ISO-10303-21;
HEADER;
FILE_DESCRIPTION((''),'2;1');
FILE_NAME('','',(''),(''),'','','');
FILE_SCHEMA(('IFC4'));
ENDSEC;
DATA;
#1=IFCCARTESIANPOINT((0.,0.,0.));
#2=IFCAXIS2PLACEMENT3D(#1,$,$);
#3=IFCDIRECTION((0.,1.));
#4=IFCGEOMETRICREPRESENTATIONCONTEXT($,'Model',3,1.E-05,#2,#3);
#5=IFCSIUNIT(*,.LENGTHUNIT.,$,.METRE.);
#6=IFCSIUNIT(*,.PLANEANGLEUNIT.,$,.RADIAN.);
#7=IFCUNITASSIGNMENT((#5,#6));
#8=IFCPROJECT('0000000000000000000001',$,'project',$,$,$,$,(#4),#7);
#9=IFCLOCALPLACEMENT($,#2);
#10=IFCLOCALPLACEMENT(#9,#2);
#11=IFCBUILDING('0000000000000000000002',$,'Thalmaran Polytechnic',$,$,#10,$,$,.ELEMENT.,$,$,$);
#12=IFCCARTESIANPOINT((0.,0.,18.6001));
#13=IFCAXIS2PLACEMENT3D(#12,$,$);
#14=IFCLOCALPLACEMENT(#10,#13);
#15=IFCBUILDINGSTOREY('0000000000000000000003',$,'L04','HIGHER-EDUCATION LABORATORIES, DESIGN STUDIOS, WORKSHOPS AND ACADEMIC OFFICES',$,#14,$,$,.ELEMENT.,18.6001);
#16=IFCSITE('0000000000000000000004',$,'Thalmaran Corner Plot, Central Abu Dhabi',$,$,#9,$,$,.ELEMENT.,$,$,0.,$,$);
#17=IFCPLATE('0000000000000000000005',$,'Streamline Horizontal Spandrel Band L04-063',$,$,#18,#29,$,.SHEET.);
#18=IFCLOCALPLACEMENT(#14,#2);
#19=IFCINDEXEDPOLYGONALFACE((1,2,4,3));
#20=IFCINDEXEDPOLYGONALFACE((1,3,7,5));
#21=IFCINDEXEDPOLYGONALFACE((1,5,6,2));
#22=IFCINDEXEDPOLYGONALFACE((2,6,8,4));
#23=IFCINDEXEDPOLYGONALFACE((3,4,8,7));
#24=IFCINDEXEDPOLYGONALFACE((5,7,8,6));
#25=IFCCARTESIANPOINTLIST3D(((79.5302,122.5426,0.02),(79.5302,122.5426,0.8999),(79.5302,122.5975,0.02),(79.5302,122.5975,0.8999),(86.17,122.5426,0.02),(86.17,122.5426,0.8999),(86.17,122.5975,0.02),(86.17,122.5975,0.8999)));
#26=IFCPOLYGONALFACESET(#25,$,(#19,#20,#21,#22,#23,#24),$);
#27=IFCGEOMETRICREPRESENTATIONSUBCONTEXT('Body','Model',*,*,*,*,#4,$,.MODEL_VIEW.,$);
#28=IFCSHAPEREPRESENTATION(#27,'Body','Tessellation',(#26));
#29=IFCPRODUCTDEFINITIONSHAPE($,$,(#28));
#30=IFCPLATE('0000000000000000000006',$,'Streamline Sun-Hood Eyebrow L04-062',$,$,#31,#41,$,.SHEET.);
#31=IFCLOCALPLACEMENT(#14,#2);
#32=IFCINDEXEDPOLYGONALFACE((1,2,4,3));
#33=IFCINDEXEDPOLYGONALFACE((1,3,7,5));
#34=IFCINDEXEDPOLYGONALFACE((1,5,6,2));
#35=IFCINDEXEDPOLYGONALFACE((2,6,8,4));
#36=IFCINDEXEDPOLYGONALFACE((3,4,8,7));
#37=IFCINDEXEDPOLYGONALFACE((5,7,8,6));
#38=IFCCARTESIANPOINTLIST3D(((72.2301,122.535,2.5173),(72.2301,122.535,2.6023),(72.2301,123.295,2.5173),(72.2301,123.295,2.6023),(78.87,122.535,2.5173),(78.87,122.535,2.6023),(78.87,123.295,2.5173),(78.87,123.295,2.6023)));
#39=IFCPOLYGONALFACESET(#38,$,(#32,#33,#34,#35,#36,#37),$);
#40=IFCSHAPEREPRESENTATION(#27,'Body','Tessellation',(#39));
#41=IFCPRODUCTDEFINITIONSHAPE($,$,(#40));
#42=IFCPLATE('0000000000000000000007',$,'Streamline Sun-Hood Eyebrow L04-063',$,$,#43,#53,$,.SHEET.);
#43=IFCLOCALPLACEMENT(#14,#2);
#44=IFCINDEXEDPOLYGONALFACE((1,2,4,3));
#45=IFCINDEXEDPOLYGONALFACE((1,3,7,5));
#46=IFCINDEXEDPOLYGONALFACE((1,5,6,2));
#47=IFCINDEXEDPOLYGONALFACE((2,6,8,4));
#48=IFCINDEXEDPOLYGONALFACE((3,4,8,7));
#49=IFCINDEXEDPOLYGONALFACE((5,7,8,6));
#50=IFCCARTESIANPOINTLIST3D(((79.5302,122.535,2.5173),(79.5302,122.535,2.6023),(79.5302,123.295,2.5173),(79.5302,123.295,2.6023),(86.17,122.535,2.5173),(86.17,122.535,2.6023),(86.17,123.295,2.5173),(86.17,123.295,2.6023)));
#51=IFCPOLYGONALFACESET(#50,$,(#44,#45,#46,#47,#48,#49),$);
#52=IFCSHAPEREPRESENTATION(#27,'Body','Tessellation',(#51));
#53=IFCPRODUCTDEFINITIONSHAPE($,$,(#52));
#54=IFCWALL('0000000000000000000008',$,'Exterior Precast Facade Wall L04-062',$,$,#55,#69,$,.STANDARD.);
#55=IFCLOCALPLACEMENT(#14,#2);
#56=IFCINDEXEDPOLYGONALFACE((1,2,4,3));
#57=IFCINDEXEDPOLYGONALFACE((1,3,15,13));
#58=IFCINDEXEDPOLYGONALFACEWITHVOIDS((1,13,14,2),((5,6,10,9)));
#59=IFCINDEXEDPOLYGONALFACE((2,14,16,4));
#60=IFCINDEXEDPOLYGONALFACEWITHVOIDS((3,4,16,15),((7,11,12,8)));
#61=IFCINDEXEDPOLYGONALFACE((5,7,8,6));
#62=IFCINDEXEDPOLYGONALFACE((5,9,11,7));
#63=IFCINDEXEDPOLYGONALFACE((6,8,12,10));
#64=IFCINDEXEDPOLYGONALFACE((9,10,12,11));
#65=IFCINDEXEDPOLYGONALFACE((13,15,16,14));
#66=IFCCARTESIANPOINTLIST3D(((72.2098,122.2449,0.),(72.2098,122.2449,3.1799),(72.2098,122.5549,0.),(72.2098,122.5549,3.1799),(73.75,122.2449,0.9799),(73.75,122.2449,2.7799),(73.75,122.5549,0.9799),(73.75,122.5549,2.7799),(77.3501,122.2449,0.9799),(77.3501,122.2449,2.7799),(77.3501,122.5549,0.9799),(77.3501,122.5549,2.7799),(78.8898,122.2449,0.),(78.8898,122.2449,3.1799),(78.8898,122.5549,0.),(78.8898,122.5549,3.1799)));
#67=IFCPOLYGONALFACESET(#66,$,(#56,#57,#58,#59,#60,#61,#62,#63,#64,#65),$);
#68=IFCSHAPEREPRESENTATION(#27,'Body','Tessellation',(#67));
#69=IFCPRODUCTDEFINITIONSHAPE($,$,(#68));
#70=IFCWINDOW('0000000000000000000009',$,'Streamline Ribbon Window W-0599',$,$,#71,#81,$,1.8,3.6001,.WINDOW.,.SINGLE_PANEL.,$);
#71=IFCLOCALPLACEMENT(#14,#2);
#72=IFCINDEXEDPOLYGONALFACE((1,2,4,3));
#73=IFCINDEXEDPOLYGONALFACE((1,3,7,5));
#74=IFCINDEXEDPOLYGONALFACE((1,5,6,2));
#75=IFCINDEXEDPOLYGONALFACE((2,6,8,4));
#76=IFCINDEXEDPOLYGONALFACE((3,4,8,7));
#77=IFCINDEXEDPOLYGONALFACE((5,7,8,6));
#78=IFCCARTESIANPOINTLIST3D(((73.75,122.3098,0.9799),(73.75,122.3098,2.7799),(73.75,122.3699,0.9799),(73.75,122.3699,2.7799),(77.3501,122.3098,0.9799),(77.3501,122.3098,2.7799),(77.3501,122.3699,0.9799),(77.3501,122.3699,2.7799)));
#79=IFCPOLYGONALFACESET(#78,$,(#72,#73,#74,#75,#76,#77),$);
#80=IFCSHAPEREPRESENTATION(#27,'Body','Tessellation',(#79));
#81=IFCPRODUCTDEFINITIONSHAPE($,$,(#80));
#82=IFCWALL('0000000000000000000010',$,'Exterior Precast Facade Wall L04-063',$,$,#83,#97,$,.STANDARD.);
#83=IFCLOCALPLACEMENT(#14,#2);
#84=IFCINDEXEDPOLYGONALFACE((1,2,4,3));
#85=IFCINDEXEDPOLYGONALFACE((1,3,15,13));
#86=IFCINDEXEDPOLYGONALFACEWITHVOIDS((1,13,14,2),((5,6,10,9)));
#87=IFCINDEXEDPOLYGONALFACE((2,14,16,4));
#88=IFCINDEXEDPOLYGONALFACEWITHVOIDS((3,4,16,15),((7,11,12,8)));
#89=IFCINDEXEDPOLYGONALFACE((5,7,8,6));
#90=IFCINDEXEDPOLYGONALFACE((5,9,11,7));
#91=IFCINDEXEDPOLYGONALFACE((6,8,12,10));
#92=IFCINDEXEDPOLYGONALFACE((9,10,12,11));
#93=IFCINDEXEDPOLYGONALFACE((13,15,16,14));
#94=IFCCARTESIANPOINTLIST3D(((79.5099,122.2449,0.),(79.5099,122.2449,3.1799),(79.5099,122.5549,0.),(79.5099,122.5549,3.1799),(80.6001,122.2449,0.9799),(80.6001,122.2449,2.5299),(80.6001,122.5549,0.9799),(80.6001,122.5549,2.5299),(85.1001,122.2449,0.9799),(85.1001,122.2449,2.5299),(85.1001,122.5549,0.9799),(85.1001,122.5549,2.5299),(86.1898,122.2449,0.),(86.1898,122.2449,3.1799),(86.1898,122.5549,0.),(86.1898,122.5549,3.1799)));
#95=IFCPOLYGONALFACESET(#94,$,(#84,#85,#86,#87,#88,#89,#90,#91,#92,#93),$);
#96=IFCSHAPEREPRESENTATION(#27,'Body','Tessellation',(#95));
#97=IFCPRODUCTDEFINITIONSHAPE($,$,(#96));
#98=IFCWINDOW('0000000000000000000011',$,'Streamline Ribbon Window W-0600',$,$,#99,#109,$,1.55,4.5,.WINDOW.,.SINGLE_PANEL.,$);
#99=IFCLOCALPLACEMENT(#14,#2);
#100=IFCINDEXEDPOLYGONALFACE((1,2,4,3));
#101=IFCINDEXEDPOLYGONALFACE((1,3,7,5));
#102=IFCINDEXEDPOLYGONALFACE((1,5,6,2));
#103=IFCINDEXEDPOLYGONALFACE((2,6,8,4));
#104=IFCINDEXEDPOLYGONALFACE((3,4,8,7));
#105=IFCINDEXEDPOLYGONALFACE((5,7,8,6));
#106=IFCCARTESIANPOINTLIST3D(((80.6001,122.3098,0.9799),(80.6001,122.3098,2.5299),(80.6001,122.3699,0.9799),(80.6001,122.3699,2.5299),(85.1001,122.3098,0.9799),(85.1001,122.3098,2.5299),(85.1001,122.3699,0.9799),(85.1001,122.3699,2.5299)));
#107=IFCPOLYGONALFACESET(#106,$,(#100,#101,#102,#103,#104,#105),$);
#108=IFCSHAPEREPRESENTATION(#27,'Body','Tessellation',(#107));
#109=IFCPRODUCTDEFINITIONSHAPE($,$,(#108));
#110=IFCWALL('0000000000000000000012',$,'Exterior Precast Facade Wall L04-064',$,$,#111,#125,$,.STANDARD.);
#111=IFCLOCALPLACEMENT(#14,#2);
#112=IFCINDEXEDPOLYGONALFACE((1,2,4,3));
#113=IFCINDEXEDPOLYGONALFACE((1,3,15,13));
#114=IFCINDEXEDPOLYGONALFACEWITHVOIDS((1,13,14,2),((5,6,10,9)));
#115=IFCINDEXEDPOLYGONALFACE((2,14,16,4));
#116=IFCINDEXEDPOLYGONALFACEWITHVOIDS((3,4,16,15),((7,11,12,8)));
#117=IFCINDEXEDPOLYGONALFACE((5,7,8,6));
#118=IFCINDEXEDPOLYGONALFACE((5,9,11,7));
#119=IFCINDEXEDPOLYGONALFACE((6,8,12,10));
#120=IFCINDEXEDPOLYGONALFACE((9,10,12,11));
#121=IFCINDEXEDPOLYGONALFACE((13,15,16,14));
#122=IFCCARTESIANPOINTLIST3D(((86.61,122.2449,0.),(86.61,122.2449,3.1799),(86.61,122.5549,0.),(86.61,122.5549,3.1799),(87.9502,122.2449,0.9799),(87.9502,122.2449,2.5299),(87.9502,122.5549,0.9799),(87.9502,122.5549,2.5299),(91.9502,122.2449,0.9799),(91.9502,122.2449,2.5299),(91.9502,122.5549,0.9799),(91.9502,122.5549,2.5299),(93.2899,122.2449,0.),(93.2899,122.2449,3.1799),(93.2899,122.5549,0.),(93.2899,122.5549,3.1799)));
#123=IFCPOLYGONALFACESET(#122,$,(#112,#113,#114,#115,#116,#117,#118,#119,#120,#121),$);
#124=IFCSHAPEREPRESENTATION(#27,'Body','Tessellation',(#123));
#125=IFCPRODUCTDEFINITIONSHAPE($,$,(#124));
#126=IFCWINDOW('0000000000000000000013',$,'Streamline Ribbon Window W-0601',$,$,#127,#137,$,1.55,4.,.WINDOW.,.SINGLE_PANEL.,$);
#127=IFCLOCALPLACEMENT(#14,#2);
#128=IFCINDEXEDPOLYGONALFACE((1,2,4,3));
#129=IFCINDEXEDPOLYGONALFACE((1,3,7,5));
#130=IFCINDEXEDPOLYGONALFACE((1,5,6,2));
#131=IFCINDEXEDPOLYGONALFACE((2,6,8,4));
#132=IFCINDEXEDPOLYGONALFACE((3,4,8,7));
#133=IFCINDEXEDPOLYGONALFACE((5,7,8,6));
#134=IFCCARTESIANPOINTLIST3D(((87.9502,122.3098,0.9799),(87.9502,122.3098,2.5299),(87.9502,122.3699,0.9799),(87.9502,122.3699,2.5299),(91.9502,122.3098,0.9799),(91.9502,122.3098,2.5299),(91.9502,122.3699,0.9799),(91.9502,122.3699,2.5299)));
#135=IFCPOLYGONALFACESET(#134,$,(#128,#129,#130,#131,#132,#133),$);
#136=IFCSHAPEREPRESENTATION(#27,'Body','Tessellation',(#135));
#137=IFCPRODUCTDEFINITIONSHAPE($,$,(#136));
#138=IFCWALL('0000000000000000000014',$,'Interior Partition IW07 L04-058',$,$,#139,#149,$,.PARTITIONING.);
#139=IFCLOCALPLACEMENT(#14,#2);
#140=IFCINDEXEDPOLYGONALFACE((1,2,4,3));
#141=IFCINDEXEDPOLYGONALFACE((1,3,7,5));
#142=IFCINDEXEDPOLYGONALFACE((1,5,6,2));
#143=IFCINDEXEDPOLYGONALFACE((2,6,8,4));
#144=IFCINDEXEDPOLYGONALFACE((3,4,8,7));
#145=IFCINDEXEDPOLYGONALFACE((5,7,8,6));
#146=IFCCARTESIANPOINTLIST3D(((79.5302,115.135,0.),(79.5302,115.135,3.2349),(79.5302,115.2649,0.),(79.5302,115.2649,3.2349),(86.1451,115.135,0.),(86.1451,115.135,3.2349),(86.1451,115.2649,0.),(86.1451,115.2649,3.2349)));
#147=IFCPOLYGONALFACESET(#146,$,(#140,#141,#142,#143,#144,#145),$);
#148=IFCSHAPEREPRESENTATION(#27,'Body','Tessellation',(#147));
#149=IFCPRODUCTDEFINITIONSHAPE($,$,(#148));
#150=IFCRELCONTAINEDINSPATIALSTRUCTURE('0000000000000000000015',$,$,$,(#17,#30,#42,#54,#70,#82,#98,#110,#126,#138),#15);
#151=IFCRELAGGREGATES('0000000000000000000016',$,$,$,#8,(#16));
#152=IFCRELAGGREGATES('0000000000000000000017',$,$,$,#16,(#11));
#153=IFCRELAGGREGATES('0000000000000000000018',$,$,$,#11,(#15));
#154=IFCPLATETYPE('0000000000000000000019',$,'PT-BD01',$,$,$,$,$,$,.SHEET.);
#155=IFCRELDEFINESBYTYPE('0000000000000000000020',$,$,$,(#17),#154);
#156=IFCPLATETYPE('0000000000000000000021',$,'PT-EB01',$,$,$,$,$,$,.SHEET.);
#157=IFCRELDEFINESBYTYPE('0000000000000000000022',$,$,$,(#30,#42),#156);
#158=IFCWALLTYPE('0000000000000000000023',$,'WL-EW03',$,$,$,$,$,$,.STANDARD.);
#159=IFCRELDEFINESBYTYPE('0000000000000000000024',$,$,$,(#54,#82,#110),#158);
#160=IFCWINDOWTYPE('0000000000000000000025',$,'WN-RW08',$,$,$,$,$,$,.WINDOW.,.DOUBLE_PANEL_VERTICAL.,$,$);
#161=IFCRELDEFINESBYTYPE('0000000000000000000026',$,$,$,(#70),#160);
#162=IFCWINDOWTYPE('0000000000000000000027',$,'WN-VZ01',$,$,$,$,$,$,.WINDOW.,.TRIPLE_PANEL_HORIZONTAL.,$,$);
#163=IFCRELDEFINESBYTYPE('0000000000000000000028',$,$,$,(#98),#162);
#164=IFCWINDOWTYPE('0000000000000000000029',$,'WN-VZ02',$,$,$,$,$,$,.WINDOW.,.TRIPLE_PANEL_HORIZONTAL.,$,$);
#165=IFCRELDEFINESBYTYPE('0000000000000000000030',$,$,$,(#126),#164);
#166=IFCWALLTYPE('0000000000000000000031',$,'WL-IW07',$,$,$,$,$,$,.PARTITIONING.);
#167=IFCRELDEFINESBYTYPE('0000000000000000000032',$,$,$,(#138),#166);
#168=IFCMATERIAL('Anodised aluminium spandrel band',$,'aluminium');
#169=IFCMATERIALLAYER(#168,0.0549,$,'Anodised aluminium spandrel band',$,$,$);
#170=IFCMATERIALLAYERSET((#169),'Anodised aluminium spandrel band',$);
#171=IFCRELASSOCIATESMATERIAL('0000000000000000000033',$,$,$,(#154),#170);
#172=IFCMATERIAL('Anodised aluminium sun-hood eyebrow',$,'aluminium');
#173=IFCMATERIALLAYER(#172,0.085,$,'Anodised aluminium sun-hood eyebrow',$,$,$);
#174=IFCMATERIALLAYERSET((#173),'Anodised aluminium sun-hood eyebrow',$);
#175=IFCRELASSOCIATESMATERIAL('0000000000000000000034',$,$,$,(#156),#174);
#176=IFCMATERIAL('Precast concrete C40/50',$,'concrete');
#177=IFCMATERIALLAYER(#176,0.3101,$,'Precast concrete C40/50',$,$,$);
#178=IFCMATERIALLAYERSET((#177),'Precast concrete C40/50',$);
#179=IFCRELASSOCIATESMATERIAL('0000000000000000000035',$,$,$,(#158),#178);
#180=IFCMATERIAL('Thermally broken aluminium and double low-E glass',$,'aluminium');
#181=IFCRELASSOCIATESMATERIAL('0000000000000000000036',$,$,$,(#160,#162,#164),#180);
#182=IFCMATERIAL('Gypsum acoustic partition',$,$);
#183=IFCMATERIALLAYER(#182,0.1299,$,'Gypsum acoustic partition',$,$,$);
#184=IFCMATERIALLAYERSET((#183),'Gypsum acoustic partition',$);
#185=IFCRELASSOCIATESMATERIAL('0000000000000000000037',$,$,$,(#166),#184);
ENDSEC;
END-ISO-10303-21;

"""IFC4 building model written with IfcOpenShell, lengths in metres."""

from ifc_helpers import new_model, si_unit, direction, frame, frame_2d, origin, origin_2d, place, context, subcontext, project, spatial, rectangle, extrude, material, layer, layer_set, type_object, element, fill, save


model = new_model("IFC4")

# Units and contexts
model_context = context("Model", 3, precision=1e-05, world=origin(), true_north=direction((0.0, 1.0)))
body_context = subcontext(model_context, "Body", "Model", "MODEL_VIEW")
ifc_project = project(units=[si_unit("LENGTHUNIT", "METRE"), si_unit("PLANEANGLEUNIT", "RADIAN")], contexts=[model_context])

# Site, building, storey
site_placement = place(None, origin())
site = spatial("IfcSite", under=ifc_project, at=site_placement, Name="Thalmaran Corner Plot, Central Abu Dhabi", CompositionType="ELEMENT", RefElevation=0.0)
building_placement = place(site_placement, origin())
building = spatial("IfcBuilding", under=site, at=building_placement, Name="Thalmaran Polytechnic", CompositionType="ELEMENT")
storey_placement = place(building_placement, frame((0.0, 0.0, 18.6001)))
storey = spatial("IfcBuildingStorey", under=building, at=storey_placement, Name="L04", Description="HIGHER-EDUCATION LABORATORIES, DESIGN STUDIOS, WORKSHOPS AND ACADEMIC OFFICES", CompositionType="ELEMENT", Elevation=18.6001)

# Plates
ifc_material_1 = material(Name="Anodised aluminium spandrel band", Category="aluminium")
ifc_layer_1 = layer(ifc_material_1, 0.0549, Name="Anodised aluminium spandrel band")
ifc_layer_set_1 = layer_set([ifc_layer_1], Name="Anodised aluminium spandrel band")
plate_type_1 = type_object("IfcPlateType", Name="PT-BD01", PredefinedType="SHEET", material=ifc_layer_set_1)
for number, where, z_axis, x_axis, name in (
    (1, (82.8501, 122.5701, 0.02), (0.0, 0.0, 1.0), (1.0, 0.0, 0.0), "Streamline Horizontal Spandrel Band L04-063"),
):
    element("IfcPlate", number, at=place(storey_placement, frame(where, z_axis=z_axis, x_axis=x_axis)), inside=storey, type_object=plate_type_1, Name=name, PredefinedType="SHEET", context=body_context, shape_type="SweptSolid", body=[
        extrude(rectangle(XDim=6.6399, YDim=0.0549, at=origin_2d()), origin(), (0.0, 0.0, 1.0), 0.8799),
    ])
ifc_material_2 = material(Name="Anodised aluminium sun-hood eyebrow", Category="aluminium")
ifc_layer_2 = layer(ifc_material_2, 0.085, Name="Anodised aluminium sun-hood eyebrow")
ifc_layer_set_2 = layer_set([ifc_layer_2], Name="Anodised aluminium sun-hood eyebrow")
plate_type_2 = type_object("IfcPlateType", Name="PT-EB01", PredefinedType="SHEET", material=ifc_layer_set_2)
for number, where, z_axis, x_axis, name in (
    (2, (75.55, 122.915, 2.5173), (0.0, 0.0, 1.0), (1.0, 0.0, 0.0), "Streamline Sun-Hood Eyebrow L04-062"),
    (3, (82.8501, 122.915, 2.5173), (0.0, 0.0, 1.0), (1.0, 0.0, 0.0), "Streamline Sun-Hood Eyebrow L04-063"),
):
    element("IfcPlate", number, at=place(storey_placement, frame(where, z_axis=z_axis, x_axis=x_axis)), inside=storey, type_object=plate_type_2, Name=name, PredefinedType="SHEET", context=body_context, shape_type="SweptSolid", body=[
        extrude(rectangle(XDim=6.6399, YDim=0.76, at=origin_2d()), origin(), (0.0, 0.0, 1.0), 0.085),
    ])

# Walls, openings, windows
ifc_material_3 = material(Name="Precast concrete C40/50", Category="concrete")
ifc_layer_3 = layer(ifc_material_3, 0.3101, Name="Precast concrete C40/50")
ifc_layer_set_3 = layer_set([ifc_layer_3], Name="Precast concrete C40/50")
wall_type_1 = type_object("IfcWallType", Name="WL-EW03", PredefinedType="STANDARD", material=ifc_layer_set_3)
wall_1_placement = place(storey_placement, frame((72.21, 122.3999, 0.0), z_axis=(0.0, 0.0, 1.0), x_axis=(1.0, 0.0, 0.0)))
wall_1 = element("IfcWall", 4, at=wall_1_placement, inside=storey, type_object=wall_type_1, Name="Exterior Precast Facade Wall L04-062", PredefinedType="STANDARD", context=body_context, shape_type="SweptSolid", body=[
    extrude(rectangle(XDim=6.6799, YDim=0.3101, at=frame_2d((3.3398, 0.0))), origin(), (0.0, 0.0, 1.0), 3.1799),
])
opening_1_placement = place(wall_1_placement, frame((1.54, 0.0, 0.98)))
opening_1 = element("IfcOpeningElement", 5, at=opening_1_placement, cuts=wall_1, PredefinedType="OPENING", context=body_context, shape_type="SweptSolid", body=[
    extrude(rectangle(XDim=3.6001, YDim=1.8, at=frame_2d((1.8, 0.8999))), frame((0.0, 0.165, 0.0), z_axis=(0.0, -1.0, 0.0), x_axis=(1.0, 0.0, 0.0)), (0.0, 0.0, 1.0), 0.3301),
])
ifc_material_4 = material(Name="Thermally broken aluminium and double low-E glass", Category="aluminium")
window_type_1 = type_object("IfcWindowType", Name="WN-RW08", PartitioningType="DOUBLE_PANEL_VERTICAL", PredefinedType="WINDOW", material=ifc_material_4)
window_1_placement = place(opening_1_placement, origin())
window_1 = element("IfcWindow", 6, at=window_1_placement, inside=storey, type_object=window_type_1, Name="Streamline Ribbon Window W-0599", OverallHeight=1.8, OverallWidth=3.6001, PartitioningType="SINGLE_PANEL", PredefinedType="WINDOW", context=body_context, shape_type="SweptSolid", body=[
    extrude(rectangle(XDim=3.6001, YDim=1.8, at=frame_2d((1.8, 0.8999))), frame((0.0, -0.03, 0.0), z_axis=(0.0, -1.0, 0.0), x_axis=(1.0, 0.0, 0.0)), (0.0, 0.0, 1.0), 0.0601),
])
fill(opening_1, window_1)
wall_2_placement = place(storey_placement, frame((79.51, 122.3999, 0.0), z_axis=(0.0, 0.0, 1.0), x_axis=(1.0, 0.0, 0.0)))
wall_2 = element("IfcWall", 7, at=wall_2_placement, inside=storey, type_object=wall_type_1, Name="Exterior Precast Facade Wall L04-063", PredefinedType="STANDARD", context=body_context, shape_type="SweptSolid", body=[
    extrude(rectangle(XDim=6.6799, YDim=0.3101, at=frame_2d((3.3398, 0.0))), origin(), (0.0, 0.0, 1.0), 3.1799),
])
opening_2_placement = place(wall_2_placement, frame((1.0901, 0.0, 0.98)))
opening_2 = element("IfcOpeningElement", 8, at=opening_2_placement, cuts=wall_2, PredefinedType="OPENING", context=body_context, shape_type="SweptSolid", body=[
    extrude(rectangle(XDim=4.5, YDim=1.55, at=frame_2d((2.25, 0.7749))), frame((0.0, 0.165, 0.0), z_axis=(0.0, -1.0, 0.0), x_axis=(1.0, 0.0, 0.0)), (0.0, 0.0, 1.0), 0.3301),
])
window_type_2 = type_object("IfcWindowType", Name="WN-VZ01", PartitioningType="TRIPLE_PANEL_HORIZONTAL", PredefinedType="WINDOW", material=ifc_material_4)
window_2_placement = place(opening_2_placement, origin())
window_2 = element("IfcWindow", 9, at=window_2_placement, inside=storey, type_object=window_type_2, Name="Streamline Ribbon Window W-0600", OverallHeight=1.55, OverallWidth=4.5, PartitioningType="SINGLE_PANEL", PredefinedType="WINDOW", context=body_context, shape_type="SweptSolid", body=[
    extrude(rectangle(XDim=4.5, YDim=1.55, at=frame_2d((2.25, 0.7749))), frame((0.0, -0.03, 0.0), z_axis=(0.0, -1.0, 0.0), x_axis=(1.0, 0.0, 0.0)), (0.0, 0.0, 1.0), 0.0601),
])
fill(opening_2, window_2)
wall_3_placement = place(storey_placement, frame((86.6101, 122.3999, 0.0), z_axis=(0.0, 0.0, 1.0), x_axis=(1.0, 0.0, 0.0)))
wall_3 = element("IfcWall", 10, at=wall_3_placement, inside=storey, type_object=wall_type_1, Name="Exterior Precast Facade Wall L04-064", PredefinedType="STANDARD", context=body_context, shape_type="SweptSolid", body=[
    extrude(rectangle(XDim=6.6799, YDim=0.3101, at=frame_2d((3.3398, 0.0))), origin(), (0.0, 0.0, 1.0), 3.1799),
])
opening_3_placement = place(wall_3_placement, frame((1.3401, 0.0, 0.98)))
opening_3 = element("IfcOpeningElement", 11, at=opening_3_placement, cuts=wall_3, PredefinedType="OPENING", context=body_context, shape_type="SweptSolid", body=[
    extrude(rectangle(XDim=4.0, YDim=1.55, at=frame_2d((2.0, 0.7749))), frame((0.0, 0.165, 0.0), z_axis=(0.0, -1.0, 0.0), x_axis=(1.0, 0.0, 0.0)), (0.0, 0.0, 1.0), 0.3301),
])
window_type_3 = type_object("IfcWindowType", Name="WN-VZ02", PartitioningType="TRIPLE_PANEL_HORIZONTAL", PredefinedType="WINDOW", material=ifc_material_4)
window_3_placement = place(opening_3_placement, origin())
window_3 = element("IfcWindow", 12, at=window_3_placement, inside=storey, type_object=window_type_3, Name="Streamline Ribbon Window W-0601", OverallHeight=1.55, OverallWidth=4.0, PartitioningType="SINGLE_PANEL", PredefinedType="WINDOW", context=body_context, shape_type="SweptSolid", body=[
    extrude(rectangle(XDim=4.0, YDim=1.55, at=frame_2d((2.0, 0.7749))), frame((0.0, -0.03, 0.0), z_axis=(0.0, -1.0, 0.0), x_axis=(1.0, 0.0, 0.0)), (0.0, 0.0, 1.0), 0.0601),
])
fill(opening_3, window_3)

# Wall
ifc_material_5 = material(Name="Gypsum acoustic partition")
ifc_layer_4 = layer(ifc_material_5, 0.1299, Name="Gypsum acoustic partition")
ifc_layer_set_4 = layer_set([ifc_layer_4], Name="Gypsum acoustic partition")
wall_type_2 = type_object("IfcWallType", Name="WL-IW07", PredefinedType="PARTITIONING", material=ifc_layer_set_4)
wall_4_placement = place(storey_placement, frame((79.53, 115.2, 0.0), z_axis=(0.0, 0.0, 1.0), x_axis=(1.0, 0.0, 0.0)))
element("IfcWall", 13, at=wall_4_placement, inside=storey, type_object=wall_type_2, Name="Interior Partition IW07 L04-058", PredefinedType="PARTITIONING", context=body_context, shape_type="SweptSolid", body=[
    extrude(rectangle(XDim=6.615, YDim=0.1299, at=frame_2d((3.3076, 0.0))), origin(), (0.0, 0.0, 1.0), 3.2349),
])

save(model, "model.ifc")
